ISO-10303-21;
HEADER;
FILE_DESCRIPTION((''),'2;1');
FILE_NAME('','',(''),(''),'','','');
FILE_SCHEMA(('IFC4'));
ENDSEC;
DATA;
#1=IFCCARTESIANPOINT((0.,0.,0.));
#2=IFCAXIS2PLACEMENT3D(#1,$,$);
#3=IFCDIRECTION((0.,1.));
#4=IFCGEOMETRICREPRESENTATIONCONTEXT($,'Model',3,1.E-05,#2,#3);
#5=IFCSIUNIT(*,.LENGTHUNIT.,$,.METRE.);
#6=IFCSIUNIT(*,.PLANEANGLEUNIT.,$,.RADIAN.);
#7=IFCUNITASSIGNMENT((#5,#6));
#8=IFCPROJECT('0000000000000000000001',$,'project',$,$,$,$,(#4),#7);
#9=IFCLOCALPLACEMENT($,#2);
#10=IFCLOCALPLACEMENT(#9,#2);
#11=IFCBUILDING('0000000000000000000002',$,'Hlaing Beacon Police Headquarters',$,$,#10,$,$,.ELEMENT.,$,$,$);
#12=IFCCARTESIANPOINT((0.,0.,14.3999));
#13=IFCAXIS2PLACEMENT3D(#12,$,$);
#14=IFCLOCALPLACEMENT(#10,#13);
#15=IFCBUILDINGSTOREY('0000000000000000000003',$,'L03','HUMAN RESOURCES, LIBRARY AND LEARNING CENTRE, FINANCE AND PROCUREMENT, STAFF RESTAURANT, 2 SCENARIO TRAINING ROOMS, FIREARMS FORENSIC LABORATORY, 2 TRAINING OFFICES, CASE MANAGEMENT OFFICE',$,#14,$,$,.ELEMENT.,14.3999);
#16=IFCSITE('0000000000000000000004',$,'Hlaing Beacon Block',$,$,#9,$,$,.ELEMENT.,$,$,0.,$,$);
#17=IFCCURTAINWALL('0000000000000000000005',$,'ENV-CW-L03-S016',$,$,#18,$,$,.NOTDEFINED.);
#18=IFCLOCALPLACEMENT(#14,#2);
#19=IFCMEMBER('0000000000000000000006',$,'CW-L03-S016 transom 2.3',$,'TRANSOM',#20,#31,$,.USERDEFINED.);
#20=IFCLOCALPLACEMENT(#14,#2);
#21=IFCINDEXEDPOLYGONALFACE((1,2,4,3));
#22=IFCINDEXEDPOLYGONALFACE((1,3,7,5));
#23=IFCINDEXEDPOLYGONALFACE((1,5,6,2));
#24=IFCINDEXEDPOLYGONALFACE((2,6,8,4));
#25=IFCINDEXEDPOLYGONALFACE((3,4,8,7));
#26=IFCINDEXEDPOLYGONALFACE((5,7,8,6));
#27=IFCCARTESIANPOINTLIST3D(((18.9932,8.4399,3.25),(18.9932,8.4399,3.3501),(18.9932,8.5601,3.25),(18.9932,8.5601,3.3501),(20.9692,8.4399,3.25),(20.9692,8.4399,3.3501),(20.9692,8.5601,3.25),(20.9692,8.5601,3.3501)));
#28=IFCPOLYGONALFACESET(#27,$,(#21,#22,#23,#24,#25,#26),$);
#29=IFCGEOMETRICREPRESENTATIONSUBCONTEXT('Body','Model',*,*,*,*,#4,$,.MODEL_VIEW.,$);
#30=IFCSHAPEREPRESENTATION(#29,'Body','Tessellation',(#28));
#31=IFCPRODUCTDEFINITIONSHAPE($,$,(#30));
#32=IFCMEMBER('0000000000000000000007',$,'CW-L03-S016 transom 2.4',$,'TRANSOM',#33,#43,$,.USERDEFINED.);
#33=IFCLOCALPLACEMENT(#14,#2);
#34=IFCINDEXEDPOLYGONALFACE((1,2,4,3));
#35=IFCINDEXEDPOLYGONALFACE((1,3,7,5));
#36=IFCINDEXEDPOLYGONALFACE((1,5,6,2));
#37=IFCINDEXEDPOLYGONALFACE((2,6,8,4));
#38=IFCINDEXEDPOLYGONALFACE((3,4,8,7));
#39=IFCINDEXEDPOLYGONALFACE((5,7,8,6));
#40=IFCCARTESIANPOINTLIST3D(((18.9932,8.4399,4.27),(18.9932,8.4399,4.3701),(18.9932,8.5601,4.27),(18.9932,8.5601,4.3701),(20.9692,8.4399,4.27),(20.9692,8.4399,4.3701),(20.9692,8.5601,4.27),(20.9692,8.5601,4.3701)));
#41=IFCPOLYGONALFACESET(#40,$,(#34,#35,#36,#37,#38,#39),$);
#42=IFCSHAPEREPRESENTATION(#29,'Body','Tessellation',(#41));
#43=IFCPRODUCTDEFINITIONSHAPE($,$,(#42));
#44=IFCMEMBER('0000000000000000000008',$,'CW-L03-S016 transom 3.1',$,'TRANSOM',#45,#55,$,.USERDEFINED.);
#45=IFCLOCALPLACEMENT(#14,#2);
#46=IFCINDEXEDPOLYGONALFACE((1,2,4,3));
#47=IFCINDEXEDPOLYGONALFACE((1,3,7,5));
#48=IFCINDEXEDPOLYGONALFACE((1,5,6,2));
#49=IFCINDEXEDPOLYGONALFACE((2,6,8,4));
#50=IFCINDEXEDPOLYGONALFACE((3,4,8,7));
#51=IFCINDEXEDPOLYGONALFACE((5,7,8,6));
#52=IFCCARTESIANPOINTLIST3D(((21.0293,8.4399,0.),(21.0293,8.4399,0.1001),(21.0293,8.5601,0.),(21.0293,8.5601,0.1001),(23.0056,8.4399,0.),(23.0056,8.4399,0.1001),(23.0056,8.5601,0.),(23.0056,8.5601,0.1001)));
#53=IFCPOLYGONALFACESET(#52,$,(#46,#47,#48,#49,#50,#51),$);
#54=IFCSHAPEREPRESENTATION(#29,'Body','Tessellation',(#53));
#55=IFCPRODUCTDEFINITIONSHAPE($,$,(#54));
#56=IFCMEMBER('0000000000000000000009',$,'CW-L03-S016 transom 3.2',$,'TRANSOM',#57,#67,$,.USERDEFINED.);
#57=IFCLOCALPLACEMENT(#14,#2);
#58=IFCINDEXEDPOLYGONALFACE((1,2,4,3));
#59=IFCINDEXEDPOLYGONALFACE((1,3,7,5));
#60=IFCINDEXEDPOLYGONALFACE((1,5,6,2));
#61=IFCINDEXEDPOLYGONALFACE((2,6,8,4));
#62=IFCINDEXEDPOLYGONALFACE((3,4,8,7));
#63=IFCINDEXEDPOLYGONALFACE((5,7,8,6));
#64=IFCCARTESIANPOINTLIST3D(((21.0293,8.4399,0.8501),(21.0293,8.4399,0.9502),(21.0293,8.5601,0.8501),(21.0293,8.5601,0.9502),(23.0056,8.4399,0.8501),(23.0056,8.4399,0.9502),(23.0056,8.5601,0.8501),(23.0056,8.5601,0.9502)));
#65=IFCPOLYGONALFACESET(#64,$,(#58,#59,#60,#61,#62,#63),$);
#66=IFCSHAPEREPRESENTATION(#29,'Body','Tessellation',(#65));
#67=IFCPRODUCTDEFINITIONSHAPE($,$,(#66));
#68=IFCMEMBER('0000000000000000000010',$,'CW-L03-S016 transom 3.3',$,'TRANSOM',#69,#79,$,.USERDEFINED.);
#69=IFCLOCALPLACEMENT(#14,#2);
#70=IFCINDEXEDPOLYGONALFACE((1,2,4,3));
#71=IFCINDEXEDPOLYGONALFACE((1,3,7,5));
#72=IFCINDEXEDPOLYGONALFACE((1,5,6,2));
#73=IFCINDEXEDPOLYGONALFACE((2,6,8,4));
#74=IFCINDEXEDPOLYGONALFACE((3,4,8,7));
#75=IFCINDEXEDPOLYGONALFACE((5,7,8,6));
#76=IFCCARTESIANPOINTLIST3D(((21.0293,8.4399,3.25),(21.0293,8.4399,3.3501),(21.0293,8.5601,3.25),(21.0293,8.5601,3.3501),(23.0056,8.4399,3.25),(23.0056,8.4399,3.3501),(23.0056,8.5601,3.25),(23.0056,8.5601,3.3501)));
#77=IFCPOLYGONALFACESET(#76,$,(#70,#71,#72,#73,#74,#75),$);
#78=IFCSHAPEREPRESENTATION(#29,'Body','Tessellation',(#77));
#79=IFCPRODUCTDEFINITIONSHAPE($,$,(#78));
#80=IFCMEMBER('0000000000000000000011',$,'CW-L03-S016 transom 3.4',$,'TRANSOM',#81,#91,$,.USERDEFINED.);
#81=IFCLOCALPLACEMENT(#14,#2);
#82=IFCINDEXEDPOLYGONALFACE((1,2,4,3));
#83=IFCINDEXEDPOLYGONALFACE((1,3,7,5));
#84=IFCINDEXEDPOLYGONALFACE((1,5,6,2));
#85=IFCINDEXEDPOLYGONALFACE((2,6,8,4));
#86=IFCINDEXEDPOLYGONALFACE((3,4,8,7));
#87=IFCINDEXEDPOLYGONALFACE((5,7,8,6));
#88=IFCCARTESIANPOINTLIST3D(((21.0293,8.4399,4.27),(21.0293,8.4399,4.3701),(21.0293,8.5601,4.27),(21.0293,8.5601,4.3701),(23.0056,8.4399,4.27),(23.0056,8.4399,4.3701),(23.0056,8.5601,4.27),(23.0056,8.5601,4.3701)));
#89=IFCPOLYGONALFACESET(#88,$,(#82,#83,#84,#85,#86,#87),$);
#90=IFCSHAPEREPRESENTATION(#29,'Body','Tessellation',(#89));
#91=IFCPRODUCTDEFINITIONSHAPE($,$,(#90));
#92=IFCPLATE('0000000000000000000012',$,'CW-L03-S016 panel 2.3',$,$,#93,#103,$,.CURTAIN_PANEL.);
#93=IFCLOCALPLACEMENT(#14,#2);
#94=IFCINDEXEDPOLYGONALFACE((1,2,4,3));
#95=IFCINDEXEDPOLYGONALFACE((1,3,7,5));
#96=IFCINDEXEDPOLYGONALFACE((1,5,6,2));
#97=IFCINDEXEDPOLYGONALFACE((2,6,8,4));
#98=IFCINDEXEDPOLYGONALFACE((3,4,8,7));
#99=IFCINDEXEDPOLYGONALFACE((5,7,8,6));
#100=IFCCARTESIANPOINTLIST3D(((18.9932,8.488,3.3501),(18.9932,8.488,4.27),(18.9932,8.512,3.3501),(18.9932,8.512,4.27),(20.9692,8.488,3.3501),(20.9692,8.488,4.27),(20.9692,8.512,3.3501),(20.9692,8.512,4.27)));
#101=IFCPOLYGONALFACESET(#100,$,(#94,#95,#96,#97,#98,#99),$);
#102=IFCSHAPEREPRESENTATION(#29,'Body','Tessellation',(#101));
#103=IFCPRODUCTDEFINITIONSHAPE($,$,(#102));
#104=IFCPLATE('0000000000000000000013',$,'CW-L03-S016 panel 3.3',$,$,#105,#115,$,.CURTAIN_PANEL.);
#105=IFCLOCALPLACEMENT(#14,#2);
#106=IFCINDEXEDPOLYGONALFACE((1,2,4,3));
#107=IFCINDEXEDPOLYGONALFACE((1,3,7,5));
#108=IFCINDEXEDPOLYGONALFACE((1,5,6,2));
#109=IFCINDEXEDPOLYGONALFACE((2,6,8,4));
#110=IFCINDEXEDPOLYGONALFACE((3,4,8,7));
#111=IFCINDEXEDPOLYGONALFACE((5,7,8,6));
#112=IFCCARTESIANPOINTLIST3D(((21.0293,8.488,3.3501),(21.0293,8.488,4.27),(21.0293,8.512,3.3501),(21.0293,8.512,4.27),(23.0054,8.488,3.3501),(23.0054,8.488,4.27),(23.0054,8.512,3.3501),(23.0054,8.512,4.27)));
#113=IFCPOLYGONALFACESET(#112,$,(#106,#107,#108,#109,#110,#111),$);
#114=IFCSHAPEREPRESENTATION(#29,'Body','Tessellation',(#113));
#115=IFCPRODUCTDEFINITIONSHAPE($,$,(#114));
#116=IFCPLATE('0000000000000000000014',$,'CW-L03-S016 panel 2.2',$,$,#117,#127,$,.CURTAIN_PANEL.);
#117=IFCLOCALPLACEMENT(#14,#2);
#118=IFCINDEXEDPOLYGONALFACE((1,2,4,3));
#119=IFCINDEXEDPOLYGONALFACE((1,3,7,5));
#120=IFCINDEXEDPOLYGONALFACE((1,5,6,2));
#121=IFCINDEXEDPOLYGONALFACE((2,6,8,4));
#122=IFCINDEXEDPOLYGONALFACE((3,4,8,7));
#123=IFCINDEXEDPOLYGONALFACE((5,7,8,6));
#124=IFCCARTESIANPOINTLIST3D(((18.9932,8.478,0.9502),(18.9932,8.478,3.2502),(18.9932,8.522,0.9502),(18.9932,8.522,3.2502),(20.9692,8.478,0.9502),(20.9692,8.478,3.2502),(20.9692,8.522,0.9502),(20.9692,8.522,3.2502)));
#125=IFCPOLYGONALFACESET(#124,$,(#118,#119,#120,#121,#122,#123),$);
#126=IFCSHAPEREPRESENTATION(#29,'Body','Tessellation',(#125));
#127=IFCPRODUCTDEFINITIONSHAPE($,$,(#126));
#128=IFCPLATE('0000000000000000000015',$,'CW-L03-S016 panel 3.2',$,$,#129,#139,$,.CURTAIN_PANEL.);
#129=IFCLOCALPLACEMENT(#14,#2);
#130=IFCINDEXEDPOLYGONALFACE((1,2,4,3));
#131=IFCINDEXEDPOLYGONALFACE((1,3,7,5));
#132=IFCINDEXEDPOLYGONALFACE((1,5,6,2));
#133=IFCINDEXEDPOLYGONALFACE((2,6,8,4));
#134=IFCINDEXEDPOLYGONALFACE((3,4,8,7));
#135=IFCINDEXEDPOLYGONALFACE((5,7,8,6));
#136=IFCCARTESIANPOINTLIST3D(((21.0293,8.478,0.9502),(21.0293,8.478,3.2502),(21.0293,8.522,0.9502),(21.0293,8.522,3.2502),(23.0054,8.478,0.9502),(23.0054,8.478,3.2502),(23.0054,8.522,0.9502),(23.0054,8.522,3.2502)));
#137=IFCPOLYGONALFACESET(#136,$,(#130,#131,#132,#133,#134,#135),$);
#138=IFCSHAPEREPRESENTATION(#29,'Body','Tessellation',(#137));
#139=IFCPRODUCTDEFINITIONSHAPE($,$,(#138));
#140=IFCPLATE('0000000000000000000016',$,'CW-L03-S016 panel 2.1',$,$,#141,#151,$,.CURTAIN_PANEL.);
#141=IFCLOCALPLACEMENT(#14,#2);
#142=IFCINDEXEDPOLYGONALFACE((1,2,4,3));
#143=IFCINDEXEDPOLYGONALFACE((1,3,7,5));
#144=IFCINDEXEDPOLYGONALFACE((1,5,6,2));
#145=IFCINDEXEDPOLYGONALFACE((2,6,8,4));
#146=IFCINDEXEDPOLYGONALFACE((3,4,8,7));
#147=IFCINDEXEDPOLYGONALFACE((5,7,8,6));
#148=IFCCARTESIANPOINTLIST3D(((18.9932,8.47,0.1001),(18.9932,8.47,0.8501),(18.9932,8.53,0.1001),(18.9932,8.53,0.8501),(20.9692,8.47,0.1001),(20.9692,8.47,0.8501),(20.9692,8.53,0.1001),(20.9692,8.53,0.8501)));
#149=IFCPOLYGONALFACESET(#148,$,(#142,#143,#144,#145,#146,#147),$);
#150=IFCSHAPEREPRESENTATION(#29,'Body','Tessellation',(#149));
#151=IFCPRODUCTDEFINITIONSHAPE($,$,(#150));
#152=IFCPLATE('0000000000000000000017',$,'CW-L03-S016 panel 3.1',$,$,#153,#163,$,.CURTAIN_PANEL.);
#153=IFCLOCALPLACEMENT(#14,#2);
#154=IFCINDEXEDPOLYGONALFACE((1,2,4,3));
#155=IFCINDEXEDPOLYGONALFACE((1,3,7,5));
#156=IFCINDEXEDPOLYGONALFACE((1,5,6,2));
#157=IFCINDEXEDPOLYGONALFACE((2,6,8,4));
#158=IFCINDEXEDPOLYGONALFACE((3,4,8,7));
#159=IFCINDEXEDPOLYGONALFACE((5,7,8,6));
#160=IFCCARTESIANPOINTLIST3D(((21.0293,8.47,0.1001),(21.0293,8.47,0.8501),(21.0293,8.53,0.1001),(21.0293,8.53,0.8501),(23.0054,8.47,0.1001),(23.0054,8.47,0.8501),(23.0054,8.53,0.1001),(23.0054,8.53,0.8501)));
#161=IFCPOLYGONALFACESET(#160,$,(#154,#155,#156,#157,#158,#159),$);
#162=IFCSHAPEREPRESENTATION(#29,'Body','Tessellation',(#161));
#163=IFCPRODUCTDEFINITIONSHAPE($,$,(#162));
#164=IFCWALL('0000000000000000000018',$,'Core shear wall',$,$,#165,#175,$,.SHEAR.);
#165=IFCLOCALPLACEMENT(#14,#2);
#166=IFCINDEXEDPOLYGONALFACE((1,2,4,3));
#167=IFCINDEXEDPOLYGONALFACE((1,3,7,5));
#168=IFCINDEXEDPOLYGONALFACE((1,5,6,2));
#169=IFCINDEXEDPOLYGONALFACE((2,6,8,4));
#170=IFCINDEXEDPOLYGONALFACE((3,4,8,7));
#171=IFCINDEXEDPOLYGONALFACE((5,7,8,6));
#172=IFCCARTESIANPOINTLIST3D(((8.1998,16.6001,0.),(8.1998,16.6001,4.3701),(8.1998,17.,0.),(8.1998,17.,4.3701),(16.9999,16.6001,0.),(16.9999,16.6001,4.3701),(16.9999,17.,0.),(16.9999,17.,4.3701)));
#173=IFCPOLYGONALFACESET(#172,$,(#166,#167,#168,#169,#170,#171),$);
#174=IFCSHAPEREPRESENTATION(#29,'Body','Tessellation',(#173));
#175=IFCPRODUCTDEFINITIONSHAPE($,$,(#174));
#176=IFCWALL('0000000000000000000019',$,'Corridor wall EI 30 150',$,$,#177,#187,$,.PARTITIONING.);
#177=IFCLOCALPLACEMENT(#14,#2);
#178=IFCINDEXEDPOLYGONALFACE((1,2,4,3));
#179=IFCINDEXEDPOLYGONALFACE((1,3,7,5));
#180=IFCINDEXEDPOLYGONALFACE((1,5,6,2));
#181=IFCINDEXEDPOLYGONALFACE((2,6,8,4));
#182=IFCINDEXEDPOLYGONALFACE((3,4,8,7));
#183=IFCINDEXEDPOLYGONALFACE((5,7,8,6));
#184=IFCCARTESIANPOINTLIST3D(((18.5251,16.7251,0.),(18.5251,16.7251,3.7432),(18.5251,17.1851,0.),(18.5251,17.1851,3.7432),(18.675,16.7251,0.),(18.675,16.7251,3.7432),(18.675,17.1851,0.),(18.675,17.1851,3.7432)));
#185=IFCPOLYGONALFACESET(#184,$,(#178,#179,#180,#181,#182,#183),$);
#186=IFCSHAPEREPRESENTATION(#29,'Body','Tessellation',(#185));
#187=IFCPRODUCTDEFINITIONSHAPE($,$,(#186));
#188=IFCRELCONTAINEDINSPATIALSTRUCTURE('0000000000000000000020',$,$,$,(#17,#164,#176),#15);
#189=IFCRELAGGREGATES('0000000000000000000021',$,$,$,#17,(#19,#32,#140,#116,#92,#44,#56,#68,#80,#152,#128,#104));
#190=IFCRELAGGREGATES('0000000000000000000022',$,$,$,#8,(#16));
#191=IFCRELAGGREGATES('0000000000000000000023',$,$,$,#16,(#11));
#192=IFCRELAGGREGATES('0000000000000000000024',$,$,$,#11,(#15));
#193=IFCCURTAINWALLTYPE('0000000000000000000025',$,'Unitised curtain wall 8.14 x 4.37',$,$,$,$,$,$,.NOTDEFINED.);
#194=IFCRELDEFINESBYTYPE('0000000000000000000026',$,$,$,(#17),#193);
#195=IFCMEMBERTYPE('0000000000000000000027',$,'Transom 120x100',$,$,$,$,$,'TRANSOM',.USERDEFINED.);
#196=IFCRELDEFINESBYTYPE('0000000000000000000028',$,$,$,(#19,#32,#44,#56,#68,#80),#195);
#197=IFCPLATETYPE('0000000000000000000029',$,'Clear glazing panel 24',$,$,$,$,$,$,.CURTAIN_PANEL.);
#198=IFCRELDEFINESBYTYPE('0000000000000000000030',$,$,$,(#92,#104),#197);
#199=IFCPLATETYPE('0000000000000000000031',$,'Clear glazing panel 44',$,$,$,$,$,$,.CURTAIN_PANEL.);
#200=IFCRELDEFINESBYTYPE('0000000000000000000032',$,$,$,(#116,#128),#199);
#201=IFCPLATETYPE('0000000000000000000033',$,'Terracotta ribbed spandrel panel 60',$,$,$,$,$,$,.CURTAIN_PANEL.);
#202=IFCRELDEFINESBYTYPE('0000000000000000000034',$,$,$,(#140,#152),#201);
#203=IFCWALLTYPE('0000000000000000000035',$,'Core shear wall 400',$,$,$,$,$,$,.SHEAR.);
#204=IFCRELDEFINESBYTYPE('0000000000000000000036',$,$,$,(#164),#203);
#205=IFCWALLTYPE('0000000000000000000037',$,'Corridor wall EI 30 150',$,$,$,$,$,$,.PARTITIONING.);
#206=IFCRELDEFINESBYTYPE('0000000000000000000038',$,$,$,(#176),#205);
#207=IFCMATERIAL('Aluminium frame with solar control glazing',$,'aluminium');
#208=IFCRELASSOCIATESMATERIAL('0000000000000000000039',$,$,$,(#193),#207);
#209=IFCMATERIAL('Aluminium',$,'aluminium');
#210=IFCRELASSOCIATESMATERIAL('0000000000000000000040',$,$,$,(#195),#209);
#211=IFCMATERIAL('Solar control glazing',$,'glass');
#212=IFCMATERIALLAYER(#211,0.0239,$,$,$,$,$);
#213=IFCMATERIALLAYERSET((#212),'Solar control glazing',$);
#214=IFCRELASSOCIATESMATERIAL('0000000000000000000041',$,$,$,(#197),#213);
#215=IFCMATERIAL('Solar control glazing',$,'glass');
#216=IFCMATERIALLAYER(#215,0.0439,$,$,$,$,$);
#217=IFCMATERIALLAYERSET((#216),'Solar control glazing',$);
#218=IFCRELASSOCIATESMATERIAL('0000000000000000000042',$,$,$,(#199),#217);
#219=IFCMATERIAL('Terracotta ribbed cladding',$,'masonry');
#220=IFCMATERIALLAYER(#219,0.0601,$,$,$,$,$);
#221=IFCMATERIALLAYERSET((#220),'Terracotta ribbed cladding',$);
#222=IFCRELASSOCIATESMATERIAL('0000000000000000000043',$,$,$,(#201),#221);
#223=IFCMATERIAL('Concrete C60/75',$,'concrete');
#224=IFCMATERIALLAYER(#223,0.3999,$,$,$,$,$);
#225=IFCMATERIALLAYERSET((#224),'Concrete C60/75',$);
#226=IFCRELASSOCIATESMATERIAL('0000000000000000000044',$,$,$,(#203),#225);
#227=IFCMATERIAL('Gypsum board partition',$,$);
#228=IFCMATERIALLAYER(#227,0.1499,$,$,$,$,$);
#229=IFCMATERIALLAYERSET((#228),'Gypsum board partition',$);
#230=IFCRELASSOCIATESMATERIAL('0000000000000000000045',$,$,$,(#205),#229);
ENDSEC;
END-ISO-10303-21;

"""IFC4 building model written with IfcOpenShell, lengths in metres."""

from ifc_helpers import new_model, si_unit, direction, frame, frame_2d, origin, origin_2d, place, context, subcontext, project, spatial, rectangle, extrude, material, layer, layer_set, material_profile, profile_set, type_object, element, aggregate, save


model = new_model("IFC4")

# Units and contexts
model_context = context("Model", 3, precision=1e-05, world=origin(), true_north=direction((0.0, 1.0)))
body_context = subcontext(model_context, "Body", "Model", "MODEL_VIEW")
ifc_project = project(units=[si_unit("LENGTHUNIT", "METRE"), si_unit("PLANEANGLEUNIT", "RADIAN")], contexts=[model_context])

# Site, building, storey
site_placement = place(None, origin())
site = spatial("IfcSite", under=ifc_project, at=site_placement, Name="Hlaing Beacon Block", CompositionType="ELEMENT", RefElevation=0.0)
building_placement = place(site_placement, origin())
building = spatial("IfcBuilding", under=site, at=building_placement, Name="Hlaing Beacon Police Headquarters", CompositionType="ELEMENT")
storey_placement = place(building_placement, frame((0.0, 0.0, 14.3999)))
storey = spatial("IfcBuildingStorey", under=building, at=storey_placement, Name="L03", Description="HUMAN RESOURCES, LIBRARY AND LEARNING CENTRE, FINANCE AND PROCUREMENT, STAFF RESTAURANT, 2 SCENARIO TRAINING ROOMS, FIREARMS FORENSIC LABORATORY, 2 TRAINING OFFICES, CASE MANAGEMENT OFFICE", CompositionType="ELEMENT", Elevation=14.3999)

# Curtain wall, members, plates
ifc_material_1 = material(Name="Aluminium frame with solar control glazing", Category="aluminium")
curtain_wall_type = type_object("IfcCurtainWallType", Name="Unitised curtain wall 8.14 x 4.37", PredefinedType="NOTDEFINED", material=ifc_material_1)
curtain_wall_placement = place(storey_placement, origin())
curtain_wall = element("IfcCurtainWall", 1, at=curtain_wall_placement, inside=storey, type_object=curtain_wall_type, Name="ENV-CW-L03-S016", PredefinedType="NOTDEFINED")
ifc_material_2 = material(Name="Aluminium", Category="aluminium")
ifc_material_profile_1 = material_profile(ifc_material_2, rectangle(XDim=0.1201, YDim=0.1001, at=origin_2d()), Name="Transom 120x100")
ifc_profile_set_1 = profile_set([ifc_material_profile_1], Name="Aluminium")
member_type_1 = type_object("IfcMemberType", Name="Transom 120x100", ElementType="TRANSOM", PredefinedType="USERDEFINED", material=ifc_profile_set_1)
member_1_placement = place(storey_placement, frame((18.9932, 8.5, 3.3), z_axis=(1.0, 0.0, 0.0), x_axis=(0.0, 1.0, 0.0)))
member_1 = element("IfcMember", 2, at=member_1_placement, type_object=member_type_1, Name="CW-L03-S016 transom 2.3", ObjectType="TRANSOM", PredefinedType="USERDEFINED", context=body_context, shape_type="SweptSolid", body=[
    extrude(rectangle(XDim=0.1201, YDim=0.1001, at=origin_2d()), origin(), (0.0, 0.0, 1.0), 1.9761),
])
member_2_placement = place(storey_placement, frame((18.9932, 8.5, 4.3201), z_axis=(1.0, 0.0, 0.0), x_axis=(0.0, 1.0, 0.0)))
member_2 = element("IfcMember", 3, at=member_2_placement, type_object=member_type_1, Name="CW-L03-S016 transom 2.4", ObjectType="TRANSOM", PredefinedType="USERDEFINED", context=body_context, shape_type="SweptSolid", body=[
    extrude(rectangle(XDim=0.1201, YDim=0.1001, at=origin_2d()), origin(), (0.0, 0.0, 1.0), 1.9761),
])
member_3_placement = place(storey_placement, frame((21.0293, 8.5, 0.05), z_axis=(1.0, 0.0, 0.0), x_axis=(0.0, 1.0, 0.0)))
member_3 = element("IfcMember", 4, at=member_3_placement, type_object=member_type_1, Name="CW-L03-S016 transom 3.1", ObjectType="TRANSOM", PredefinedType="USERDEFINED", context=body_context, shape_type="SweptSolid", body=[
    extrude(rectangle(XDim=0.1201, YDim=0.1001, at=origin_2d()), origin(), (0.0, 0.0, 1.0), 1.9763),
])
member_4_placement = place(storey_placement, frame((21.0293, 8.5, 0.9001), z_axis=(1.0, 0.0, 0.0), x_axis=(0.0, 1.0, 0.0)))
member_4 = element("IfcMember", 5, at=member_4_placement, type_object=member_type_1, Name="CW-L03-S016 transom 3.2", ObjectType="TRANSOM", PredefinedType="USERDEFINED", context=body_context, shape_type="SweptSolid", body=[
    extrude(rectangle(XDim=0.1201, YDim=0.1001, at=origin_2d()), origin(), (0.0, 0.0, 1.0), 1.9763),
])
member_5_placement = place(storey_placement, frame((21.0293, 8.5, 3.3), z_axis=(1.0, 0.0, 0.0), x_axis=(0.0, 1.0, 0.0)))
member_5 = element("IfcMember", 6, at=member_5_placement, type_object=member_type_1, Name="CW-L03-S016 transom 3.3", ObjectType="TRANSOM", PredefinedType="USERDEFINED", context=body_context, shape_type="SweptSolid", body=[
    extrude(rectangle(XDim=0.1201, YDim=0.1001, at=origin_2d()), origin(), (0.0, 0.0, 1.0), 1.9763),
])
member_6_placement = place(storey_placement, frame((21.0293, 8.5, 4.3201), z_axis=(1.0, 0.0, 0.0), x_axis=(0.0, 1.0, 0.0)))
member_6 = element("IfcMember", 7, at=member_6_placement, type_object=member_type_1, Name="CW-L03-S016 transom 3.4", ObjectType="TRANSOM", PredefinedType="USERDEFINED", context=body_context, shape_type="SweptSolid", body=[
    extrude(rectangle(XDim=0.1201, YDim=0.1001, at=origin_2d()), origin(), (0.0, 0.0, 1.0), 1.9763),
])
ifc_material_3 = material(Name="Solar control glazing", Category="glass")
ifc_layer_1 = layer(ifc_material_3, 0.0239)
ifc_layer_set_1 = layer_set([ifc_layer_1], Name="Solar control glazing")
plate_type_1 = type_object("IfcPlateType", Name="Clear glazing panel 24", PredefinedType="CURTAIN_PANEL", material=ifc_layer_set_1)
plate_1_placement = place(storey_placement, frame((19.9812, 8.5, 3.3501), z_axis=(0.0, 0.0, 1.0), x_axis=(1.0, 0.0, 0.0)))
plate_1 = element("IfcPlate", 8, at=plate_1_placement, type_object=plate_type_1, Name="CW-L03-S016 panel 2.3", PredefinedType="CURTAIN_PANEL", context=body_context, shape_type="SweptSolid", body=[
    extrude(rectangle(XDim=1.9761, YDim=0.0239, at=origin_2d()), origin(), (0.0, 0.0, 1.0), 0.9199),
])
plate_2_placement = place(storey_placement, frame((22.0173, 8.5, 3.3501), z_axis=(0.0, 0.0, 1.0), x_axis=(1.0, 0.0, 0.0)))
plate_2 = element("IfcPlate", 9, at=plate_2_placement, type_object=plate_type_1, Name="CW-L03-S016 panel 3.3", PredefinedType="CURTAIN_PANEL", context=body_context, shape_type="SweptSolid", body=[
    extrude(rectangle(XDim=1.9761, YDim=0.0239, at=origin_2d()), origin(), (0.0, 0.0, 1.0), 0.9199),
])
ifc_material_4 = material(Name="Solar control glazing", Category="glass")
ifc_layer_2 = layer(ifc_material_4, 0.0439)
ifc_layer_set_2 = layer_set([ifc_layer_2], Name="Solar control glazing")
plate_type_2 = type_object("IfcPlateType", Name="Clear glazing panel 44", PredefinedType="CURTAIN_PANEL", material=ifc_layer_set_2)
plate_3_placement = place(storey_placement, frame((19.9812, 8.5, 0.9502), z_axis=(0.0, 0.0, 1.0), x_axis=(1.0, 0.0, 0.0)))
plate_3 = element("IfcPlate", 10, at=plate_3_placement, type_object=plate_type_2, Name="CW-L03-S016 panel 2.2", PredefinedType="CURTAIN_PANEL", context=body_context, shape_type="SweptSolid", body=[
    extrude(rectangle(XDim=1.9761, YDim=0.0439, at=origin_2d()), origin(), (0.0, 0.0, 1.0), 2.3),
])
plate_4_placement = place(storey_placement, frame((22.0173, 8.5, 0.9502), z_axis=(0.0, 0.0, 1.0), x_axis=(1.0, 0.0, 0.0)))
plate_4 = element("IfcPlate", 11, at=plate_4_placement, type_object=plate_type_2, Name="CW-L03-S016 panel 3.2", PredefinedType="CURTAIN_PANEL", context=body_context, shape_type="SweptSolid", body=[
    extrude(rectangle(XDim=1.9761, YDim=0.0439, at=origin_2d()), origin(), (0.0, 0.0, 1.0), 2.3),
])
ifc_material_5 = material(Name="Terracotta ribbed cladding", Category="masonry")
ifc_layer_3 = layer(ifc_material_5, 0.0601)
ifc_layer_set_3 = layer_set([ifc_layer_3], Name="Terracotta ribbed cladding")
plate_type_3 = type_object("IfcPlateType", Name="Terracotta ribbed spandrel panel 60", PredefinedType="CURTAIN_PANEL", material=ifc_layer_set_3)
plate_5_placement = place(storey_placement, frame((19.9812, 8.5, 0.1001), z_axis=(0.0, 0.0, 1.0), x_axis=(1.0, 0.0, 0.0)))
plate_5 = element("IfcPlate", 12, at=plate_5_placement, type_object=plate_type_3, Name="CW-L03-S016 panel 2.1", PredefinedType="CURTAIN_PANEL", context=body_context, shape_type="SweptSolid", body=[
    extrude(rectangle(XDim=1.9761, YDim=0.0601, at=origin_2d()), origin(), (0.0, 0.0, 1.0), 0.75),
])
plate_6_placement = place(storey_placement, frame((22.0173, 8.5, 0.1001), z_axis=(0.0, 0.0, 1.0), x_axis=(1.0, 0.0, 0.0)))
plate_6 = element("IfcPlate", 13, at=plate_6_placement, type_object=plate_type_3, Name="CW-L03-S016 panel 3.1", PredefinedType="CURTAIN_PANEL", context=body_context, shape_type="SweptSolid", body=[
    extrude(rectangle(XDim=1.9761, YDim=0.0601, at=origin_2d()), origin(), (0.0, 0.0, 1.0), 0.75),
])
aggregate(curtain_wall, [member_1, member_2, plate_5, plate_3, plate_1, member_3, member_4, member_5, member_6, plate_6, plate_4, plate_2])

# Walls
ifc_material_6 = material(Name="Concrete C60/75", Category="concrete")
ifc_layer_4 = layer(ifc_material_6, 0.3999)
ifc_layer_set_4 = layer_set([ifc_layer_4], Name="Concrete C60/75")
wall_type_1 = type_object("IfcWallType", Name="Core shear wall 400", PredefinedType="SHEAR", material=ifc_layer_set_4)
wall_1_placement = place(storey_placement, frame((8.2, 16.8, 0.0), z_axis=(0.0, 0.0, 1.0), x_axis=(1.0, 0.0, 0.0)))
element("IfcWall", 14, at=wall_1_placement, inside=storey, type_object=wall_type_1, Name="Core shear wall", PredefinedType="SHEAR", context=body_context, shape_type="SweptSolid", body=[
    extrude(rectangle(XDim=8.8, YDim=0.3999, at=frame_2d((4.3999, 0.0))), origin(), (0.0, 0.0, 1.0), 4.3701),
])
ifc_material_7 = material(Name="Gypsum board partition")
ifc_layer_5 = layer(ifc_material_7, 0.1499)
ifc_layer_set_5 = layer_set([ifc_layer_5], Name="Gypsum board partition")
wall_type_2 = type_object("IfcWallType", Name="Corridor wall EI 30 150", PredefinedType="PARTITIONING", material=ifc_layer_set_5)
wall_2_placement = place(storey_placement, frame((18.6001, 16.7251, 0.0), z_axis=(0.0, 0.0, 1.0), x_axis=(0.0, 1.0, 0.0)))
element("IfcWall", 15, at=wall_2_placement, inside=storey, type_object=wall_type_2, Name="Corridor wall EI 30 150", PredefinedType="PARTITIONING", context=body_context, shape_type="SweptSolid", body=[
    extrude(rectangle(XDim=0.46, YDim=0.1499, at=frame_2d((0.23, 0.0))), origin(), (0.0, 0.0, 1.0), 3.7432),
])

save(model, "model.ifc")
